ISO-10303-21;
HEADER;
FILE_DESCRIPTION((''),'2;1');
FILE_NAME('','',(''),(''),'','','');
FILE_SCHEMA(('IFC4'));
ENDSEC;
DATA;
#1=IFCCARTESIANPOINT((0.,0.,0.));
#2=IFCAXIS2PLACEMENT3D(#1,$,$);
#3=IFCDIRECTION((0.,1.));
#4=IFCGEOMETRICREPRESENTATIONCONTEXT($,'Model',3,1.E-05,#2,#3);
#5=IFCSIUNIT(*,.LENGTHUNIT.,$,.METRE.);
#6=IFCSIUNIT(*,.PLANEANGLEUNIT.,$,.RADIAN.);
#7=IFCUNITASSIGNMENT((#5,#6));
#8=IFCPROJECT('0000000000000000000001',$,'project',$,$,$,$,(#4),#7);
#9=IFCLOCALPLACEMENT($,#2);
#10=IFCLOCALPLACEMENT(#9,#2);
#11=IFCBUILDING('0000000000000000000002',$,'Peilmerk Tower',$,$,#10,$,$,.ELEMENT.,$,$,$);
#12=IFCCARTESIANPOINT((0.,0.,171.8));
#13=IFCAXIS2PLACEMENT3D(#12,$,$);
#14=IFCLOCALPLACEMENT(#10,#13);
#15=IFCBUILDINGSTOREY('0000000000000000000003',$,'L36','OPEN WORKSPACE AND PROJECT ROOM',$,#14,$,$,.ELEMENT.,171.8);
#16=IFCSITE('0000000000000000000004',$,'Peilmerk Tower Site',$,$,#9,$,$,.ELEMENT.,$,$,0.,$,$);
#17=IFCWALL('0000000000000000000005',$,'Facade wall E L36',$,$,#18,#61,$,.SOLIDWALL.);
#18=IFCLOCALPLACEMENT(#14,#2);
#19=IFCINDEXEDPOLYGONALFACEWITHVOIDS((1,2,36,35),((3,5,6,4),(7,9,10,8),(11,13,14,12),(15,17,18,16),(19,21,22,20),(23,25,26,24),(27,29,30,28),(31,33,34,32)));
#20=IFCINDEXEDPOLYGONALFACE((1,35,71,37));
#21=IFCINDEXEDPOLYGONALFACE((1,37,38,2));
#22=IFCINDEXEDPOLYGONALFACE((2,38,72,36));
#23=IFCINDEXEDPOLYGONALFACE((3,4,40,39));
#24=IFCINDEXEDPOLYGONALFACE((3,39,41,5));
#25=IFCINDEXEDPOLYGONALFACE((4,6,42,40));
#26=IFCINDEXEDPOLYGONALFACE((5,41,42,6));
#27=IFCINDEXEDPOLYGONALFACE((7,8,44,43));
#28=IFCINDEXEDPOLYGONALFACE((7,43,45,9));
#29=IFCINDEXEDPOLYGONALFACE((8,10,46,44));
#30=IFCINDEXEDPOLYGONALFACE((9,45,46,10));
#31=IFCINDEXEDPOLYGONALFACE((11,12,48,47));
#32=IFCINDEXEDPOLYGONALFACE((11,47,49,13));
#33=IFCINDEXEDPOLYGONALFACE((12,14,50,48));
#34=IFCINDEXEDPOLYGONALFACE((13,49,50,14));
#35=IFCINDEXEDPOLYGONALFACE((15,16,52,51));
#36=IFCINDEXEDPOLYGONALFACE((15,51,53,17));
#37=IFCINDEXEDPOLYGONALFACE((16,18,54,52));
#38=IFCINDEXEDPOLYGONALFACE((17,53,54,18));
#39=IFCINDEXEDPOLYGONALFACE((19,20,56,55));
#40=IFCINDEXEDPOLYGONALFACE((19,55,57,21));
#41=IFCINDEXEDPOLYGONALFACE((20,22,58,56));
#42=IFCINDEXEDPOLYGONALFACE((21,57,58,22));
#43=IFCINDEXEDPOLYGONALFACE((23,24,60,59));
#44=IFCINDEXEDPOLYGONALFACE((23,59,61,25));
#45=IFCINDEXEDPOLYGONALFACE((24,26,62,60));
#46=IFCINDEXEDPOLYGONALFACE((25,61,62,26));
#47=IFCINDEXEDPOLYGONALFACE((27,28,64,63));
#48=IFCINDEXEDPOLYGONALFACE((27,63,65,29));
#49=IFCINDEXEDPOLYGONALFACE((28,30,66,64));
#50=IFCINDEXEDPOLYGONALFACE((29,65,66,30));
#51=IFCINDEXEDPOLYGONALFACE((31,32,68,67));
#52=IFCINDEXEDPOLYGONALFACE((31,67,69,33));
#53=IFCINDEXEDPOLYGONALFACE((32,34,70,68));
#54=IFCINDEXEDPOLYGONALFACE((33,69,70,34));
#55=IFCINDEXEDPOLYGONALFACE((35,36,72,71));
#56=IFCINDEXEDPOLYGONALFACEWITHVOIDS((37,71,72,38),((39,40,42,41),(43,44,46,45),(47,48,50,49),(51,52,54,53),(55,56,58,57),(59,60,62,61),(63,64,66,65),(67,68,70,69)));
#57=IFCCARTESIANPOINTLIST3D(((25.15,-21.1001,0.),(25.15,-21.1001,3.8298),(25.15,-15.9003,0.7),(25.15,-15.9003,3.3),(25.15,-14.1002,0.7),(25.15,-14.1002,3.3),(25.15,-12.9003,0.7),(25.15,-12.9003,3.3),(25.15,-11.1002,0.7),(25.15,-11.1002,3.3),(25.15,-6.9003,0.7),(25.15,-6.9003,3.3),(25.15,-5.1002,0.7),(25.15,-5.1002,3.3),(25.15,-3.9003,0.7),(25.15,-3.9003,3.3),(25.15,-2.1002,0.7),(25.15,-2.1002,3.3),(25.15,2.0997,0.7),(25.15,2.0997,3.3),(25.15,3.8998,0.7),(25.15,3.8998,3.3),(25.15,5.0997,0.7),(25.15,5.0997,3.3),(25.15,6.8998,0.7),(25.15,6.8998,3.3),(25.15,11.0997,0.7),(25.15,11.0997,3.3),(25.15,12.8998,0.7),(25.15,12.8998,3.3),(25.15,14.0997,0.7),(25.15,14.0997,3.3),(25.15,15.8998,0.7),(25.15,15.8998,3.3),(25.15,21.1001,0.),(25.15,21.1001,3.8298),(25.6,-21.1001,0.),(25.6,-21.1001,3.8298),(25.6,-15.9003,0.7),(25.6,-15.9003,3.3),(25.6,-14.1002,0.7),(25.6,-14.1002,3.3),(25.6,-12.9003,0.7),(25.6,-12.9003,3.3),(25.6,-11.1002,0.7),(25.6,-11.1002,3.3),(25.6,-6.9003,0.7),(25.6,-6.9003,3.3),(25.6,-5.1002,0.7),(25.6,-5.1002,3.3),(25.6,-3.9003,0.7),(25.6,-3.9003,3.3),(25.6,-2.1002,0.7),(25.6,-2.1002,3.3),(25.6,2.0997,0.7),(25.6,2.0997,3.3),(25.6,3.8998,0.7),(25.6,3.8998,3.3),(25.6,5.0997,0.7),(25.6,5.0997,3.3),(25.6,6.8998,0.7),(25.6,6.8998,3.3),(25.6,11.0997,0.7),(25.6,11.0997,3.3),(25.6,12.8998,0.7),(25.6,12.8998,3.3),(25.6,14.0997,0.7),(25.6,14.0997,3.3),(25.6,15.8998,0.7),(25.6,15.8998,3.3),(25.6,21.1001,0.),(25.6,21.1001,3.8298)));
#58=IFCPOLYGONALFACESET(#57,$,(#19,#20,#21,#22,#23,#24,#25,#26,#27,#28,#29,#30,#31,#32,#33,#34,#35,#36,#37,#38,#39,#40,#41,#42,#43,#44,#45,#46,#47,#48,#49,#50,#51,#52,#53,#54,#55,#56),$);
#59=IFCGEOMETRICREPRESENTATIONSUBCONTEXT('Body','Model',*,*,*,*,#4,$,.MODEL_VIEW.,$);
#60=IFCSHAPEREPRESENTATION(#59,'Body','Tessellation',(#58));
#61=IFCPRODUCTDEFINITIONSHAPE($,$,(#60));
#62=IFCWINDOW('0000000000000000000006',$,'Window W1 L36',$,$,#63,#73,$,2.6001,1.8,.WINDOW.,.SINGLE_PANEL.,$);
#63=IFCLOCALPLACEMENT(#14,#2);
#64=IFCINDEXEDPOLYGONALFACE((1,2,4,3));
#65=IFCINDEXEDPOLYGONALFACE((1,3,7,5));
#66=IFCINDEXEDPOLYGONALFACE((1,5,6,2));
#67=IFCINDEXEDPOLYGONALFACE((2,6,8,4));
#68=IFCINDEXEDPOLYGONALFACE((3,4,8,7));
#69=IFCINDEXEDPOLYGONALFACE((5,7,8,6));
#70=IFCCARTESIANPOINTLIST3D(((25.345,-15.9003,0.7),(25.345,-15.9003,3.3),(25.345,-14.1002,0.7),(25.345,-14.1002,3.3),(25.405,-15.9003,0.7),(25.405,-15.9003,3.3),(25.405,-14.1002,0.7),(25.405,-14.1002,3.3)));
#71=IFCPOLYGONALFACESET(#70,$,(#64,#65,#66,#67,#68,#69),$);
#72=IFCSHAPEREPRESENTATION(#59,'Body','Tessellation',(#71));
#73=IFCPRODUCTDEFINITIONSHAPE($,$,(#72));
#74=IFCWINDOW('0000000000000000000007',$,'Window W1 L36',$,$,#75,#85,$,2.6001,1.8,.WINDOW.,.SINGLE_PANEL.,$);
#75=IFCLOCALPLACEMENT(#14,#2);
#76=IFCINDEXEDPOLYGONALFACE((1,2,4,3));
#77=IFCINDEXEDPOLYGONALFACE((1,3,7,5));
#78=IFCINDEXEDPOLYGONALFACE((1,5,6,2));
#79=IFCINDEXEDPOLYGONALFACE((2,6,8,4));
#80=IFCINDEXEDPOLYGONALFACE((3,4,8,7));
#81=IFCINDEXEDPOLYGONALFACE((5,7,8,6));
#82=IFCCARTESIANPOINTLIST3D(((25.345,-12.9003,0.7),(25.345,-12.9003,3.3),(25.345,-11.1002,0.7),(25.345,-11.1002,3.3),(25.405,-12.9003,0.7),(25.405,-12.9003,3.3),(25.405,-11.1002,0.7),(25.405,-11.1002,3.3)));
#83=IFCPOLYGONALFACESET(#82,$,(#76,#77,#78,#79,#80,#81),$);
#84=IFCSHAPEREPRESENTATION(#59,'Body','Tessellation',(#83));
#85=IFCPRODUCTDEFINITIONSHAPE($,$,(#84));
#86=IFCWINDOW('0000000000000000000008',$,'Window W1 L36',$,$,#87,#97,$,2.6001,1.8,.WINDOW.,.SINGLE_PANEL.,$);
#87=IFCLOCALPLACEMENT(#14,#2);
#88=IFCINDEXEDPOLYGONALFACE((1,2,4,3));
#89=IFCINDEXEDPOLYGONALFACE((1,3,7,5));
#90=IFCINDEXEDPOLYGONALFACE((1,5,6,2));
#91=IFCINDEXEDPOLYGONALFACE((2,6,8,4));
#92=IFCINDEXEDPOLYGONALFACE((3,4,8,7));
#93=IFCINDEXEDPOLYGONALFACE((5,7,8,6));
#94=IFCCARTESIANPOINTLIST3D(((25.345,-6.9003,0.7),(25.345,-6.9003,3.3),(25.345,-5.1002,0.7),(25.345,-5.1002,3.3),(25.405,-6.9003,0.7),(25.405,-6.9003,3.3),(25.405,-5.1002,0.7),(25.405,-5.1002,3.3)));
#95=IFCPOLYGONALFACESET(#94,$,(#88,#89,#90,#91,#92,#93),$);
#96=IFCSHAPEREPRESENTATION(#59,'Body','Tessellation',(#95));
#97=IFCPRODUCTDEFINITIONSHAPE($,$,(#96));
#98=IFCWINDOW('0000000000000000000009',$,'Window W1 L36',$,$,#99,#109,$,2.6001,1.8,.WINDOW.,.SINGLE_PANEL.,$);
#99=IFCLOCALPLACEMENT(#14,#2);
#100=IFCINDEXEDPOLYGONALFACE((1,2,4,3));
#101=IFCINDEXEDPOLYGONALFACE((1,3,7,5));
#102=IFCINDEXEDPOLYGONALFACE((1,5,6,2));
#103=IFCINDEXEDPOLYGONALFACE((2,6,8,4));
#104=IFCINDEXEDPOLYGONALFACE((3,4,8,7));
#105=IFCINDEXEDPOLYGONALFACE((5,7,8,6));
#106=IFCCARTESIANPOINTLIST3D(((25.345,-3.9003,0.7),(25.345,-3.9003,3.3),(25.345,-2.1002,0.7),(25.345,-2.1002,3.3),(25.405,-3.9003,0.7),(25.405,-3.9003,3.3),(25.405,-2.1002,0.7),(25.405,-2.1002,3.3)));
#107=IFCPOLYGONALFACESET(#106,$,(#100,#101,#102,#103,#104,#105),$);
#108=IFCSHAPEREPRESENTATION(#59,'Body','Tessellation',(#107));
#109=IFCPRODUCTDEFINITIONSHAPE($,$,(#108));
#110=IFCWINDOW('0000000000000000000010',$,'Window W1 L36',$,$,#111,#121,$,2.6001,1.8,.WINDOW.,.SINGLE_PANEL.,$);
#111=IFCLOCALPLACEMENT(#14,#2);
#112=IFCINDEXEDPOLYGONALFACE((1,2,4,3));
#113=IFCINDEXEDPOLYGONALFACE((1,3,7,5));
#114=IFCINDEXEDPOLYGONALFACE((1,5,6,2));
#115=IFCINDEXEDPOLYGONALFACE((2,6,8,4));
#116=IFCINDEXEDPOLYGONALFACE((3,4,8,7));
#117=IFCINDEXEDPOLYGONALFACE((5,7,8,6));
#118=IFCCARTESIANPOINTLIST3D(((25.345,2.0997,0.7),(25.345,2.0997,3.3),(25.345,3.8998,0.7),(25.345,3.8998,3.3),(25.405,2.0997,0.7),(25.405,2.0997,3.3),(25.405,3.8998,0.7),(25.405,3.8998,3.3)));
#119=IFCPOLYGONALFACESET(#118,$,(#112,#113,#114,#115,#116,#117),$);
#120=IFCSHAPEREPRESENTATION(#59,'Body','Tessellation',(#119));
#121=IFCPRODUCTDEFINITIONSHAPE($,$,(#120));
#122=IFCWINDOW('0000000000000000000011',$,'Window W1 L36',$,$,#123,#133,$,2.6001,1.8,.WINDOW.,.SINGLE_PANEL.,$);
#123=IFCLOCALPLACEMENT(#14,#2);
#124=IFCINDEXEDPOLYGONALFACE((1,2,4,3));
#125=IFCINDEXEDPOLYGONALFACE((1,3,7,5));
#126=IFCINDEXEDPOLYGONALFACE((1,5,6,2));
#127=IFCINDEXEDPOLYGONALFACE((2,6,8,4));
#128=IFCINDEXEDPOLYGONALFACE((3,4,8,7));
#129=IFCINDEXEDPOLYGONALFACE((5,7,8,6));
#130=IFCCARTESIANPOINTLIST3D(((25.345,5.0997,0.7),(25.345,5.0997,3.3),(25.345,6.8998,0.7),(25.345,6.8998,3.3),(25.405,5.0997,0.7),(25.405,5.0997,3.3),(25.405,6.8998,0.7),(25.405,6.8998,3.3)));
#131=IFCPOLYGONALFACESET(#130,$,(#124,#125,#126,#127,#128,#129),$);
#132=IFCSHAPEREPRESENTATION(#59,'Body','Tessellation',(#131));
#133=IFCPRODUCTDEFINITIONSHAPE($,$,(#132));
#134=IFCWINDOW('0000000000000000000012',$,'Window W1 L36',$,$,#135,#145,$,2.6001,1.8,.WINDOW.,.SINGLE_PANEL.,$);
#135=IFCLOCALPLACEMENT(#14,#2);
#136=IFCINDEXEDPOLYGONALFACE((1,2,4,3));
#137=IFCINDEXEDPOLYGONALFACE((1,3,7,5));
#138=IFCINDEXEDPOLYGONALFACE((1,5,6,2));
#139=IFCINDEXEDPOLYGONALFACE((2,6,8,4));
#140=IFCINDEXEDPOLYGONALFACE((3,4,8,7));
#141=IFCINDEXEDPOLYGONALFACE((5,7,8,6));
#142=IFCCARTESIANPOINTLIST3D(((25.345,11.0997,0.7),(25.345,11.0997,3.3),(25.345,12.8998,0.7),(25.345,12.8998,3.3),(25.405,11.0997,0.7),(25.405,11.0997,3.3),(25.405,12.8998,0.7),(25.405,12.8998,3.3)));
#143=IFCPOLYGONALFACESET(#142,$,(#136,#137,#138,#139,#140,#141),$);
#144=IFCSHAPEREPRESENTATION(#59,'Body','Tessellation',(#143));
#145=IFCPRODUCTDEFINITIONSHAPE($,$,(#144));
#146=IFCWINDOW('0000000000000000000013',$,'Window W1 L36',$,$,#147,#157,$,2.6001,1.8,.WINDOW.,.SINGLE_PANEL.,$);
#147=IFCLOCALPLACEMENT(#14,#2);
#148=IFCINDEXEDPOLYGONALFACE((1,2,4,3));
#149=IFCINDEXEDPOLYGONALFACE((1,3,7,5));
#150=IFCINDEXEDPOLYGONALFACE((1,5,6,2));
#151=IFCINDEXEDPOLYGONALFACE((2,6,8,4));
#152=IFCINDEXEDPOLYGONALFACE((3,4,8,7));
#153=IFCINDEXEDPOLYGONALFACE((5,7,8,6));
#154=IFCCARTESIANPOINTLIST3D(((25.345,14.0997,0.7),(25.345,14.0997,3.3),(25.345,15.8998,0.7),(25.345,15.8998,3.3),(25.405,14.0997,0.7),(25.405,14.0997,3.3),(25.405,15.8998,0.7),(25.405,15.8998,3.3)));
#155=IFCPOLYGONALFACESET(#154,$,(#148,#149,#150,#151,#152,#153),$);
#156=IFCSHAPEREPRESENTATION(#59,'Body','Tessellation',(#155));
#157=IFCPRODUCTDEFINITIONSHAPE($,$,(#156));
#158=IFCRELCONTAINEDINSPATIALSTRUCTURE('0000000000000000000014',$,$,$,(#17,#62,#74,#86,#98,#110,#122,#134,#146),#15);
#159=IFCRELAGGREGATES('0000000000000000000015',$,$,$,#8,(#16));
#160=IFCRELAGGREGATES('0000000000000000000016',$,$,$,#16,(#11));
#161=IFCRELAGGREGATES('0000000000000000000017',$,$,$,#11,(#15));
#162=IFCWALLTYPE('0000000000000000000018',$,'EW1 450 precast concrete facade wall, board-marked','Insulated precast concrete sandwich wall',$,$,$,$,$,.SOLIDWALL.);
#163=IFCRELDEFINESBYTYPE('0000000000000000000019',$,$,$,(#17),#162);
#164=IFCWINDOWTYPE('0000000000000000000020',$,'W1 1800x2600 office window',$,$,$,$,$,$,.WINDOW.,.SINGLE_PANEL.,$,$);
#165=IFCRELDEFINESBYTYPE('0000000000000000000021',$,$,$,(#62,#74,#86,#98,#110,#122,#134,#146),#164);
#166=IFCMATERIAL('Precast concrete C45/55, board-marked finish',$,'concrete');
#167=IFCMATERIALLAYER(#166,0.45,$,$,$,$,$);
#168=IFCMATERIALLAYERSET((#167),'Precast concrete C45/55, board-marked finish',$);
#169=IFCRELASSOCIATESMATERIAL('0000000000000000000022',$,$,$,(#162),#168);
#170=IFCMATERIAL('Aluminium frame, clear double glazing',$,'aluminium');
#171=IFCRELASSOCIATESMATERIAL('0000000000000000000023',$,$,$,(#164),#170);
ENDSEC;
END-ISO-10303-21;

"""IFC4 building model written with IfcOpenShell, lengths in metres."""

from ifc_helpers import new_model, si_unit, direction, frame, frame_2d, origin, place, context, subcontext, project, spatial, rectangle, extrude, material, layer, layer_set, type_object, element, fill, save


model = new_model("IFC4")

# Units and contexts
model_context = context("Model", 3, precision=1e-05, world=origin(), true_north=direction((0.0, 1.0)))
body_context = subcontext(model_context, "Body", "Model", "MODEL_VIEW")
ifc_project = project(units=[si_unit("LENGTHUNIT", "METRE"), si_unit("PLANEANGLEUNIT", "RADIAN")], contexts=[model_context])

# Site, building, storey
site_placement = place(None, origin())
site = spatial("IfcSite", under=ifc_project, at=site_placement, Name="Peilmerk Tower Site", CompositionType="ELEMENT", RefElevation=0.0)
building_placement = place(site_placement, origin())
building = spatial("IfcBuilding", under=site, at=building_placement, Name="Peilmerk Tower", CompositionType="ELEMENT")
storey_placement = place(building_placement, frame((0.0, 0.0, 171.8)))
storey = spatial("IfcBuildingStorey", under=building, at=storey_placement, Name="L36", Description="OPEN WORKSPACE AND PROJECT ROOM", CompositionType="ELEMENT", Elevation=171.8)

# Wall, openings, windows
ifc_material_1 = material(Name="Precast concrete C45/55, board-marked finish", Category="concrete")
ifc_layer_1 = layer(ifc_material_1, 0.45)
ifc_layer_set_1 = layer_set([ifc_layer_1], Name="Precast concrete C45/55, board-marked finish")
wall_type = type_object("IfcWallType", Name="EW1 450 precast concrete facade wall, board-marked", Description="Insulated precast concrete sandwich wall", PredefinedType="SOLIDWALL", material=ifc_layer_set_1)
wall_1_placement = place(storey_placement, frame((25.375, -21.1001, 0.0), z_axis=(0.0, 0.0, 1.0), x_axis=(0.0, 1.0, 0.0)))
wall_1 = element("IfcWall", 1, at=wall_1_placement, inside=storey, type_object=wall_type, Name="Facade wall E L36", PredefinedType="SOLIDWALL", context=body_context, shape_type="SweptSolid", body=[
    extrude(rectangle(XDim=42.2002, YDim=0.45, at=frame_2d((21.1001, 0.0))), origin(), (0.0, 0.0, 1.0), 3.8298),
])
opening_1_placement = place(wall_1_placement, frame((5.2, 0.0, 0.7)))
opening_1 = element("IfcOpeningElement", 2, at=opening_1_placement, cuts=wall_1, PredefinedType="OPENING", context=body_context, shape_type="SweptSolid", body=[
    extrude(rectangle(XDim=1.8, YDim=2.6001, at=frame_2d((0.8999, 1.3))), frame((0.0, 0.2349, 0.0), z_axis=(0.0, -1.0, 0.0), x_axis=(1.0, 0.0, 0.0)), (0.0, 0.0, 1.0), 0.47),
])
opening_2_placement = place(wall_1_placement, frame((8.2, 0.0, 0.7)))
opening_2 = element("IfcOpeningElement", 3, at=opening_2_placement, cuts=wall_1, PredefinedType="OPENING", context=body_context, shape_type="SweptSolid", body=[
    extrude(rectangle(XDim=1.8, YDim=2.6001, at=frame_2d((0.8999, 1.3))), frame((0.0, 0.2349, 0.0), z_axis=(0.0, -1.0, 0.0), x_axis=(1.0, 0.0, 0.0)), (0.0, 0.0, 1.0), 0.47),
])
opening_3_placement = place(wall_1_placement, frame((14.2, 0.0, 0.7)))
opening_3 = element("IfcOpeningElement", 4, at=opening_3_placement, cuts=wall_1, PredefinedType="OPENING", context=body_context, shape_type="SweptSolid", body=[
    extrude(rectangle(XDim=1.8, YDim=2.6001, at=frame_2d((0.8999, 1.3))), frame((0.0, 0.2349, 0.0), z_axis=(0.0, -1.0, 0.0), x_axis=(1.0, 0.0, 0.0)), (0.0, 0.0, 1.0), 0.47),
])
opening_4_placement = place(wall_1_placement, frame((17.2, 0.0, 0.7)))
opening_4 = element("IfcOpeningElement", 5, at=opening_4_placement, cuts=wall_1, PredefinedType="OPENING", context=body_context, shape_type="SweptSolid", body=[
    extrude(rectangle(XDim=1.8, YDim=2.6001, at=frame_2d((0.8999, 1.3))), frame((0.0, 0.2349, 0.0), z_axis=(0.0, -1.0, 0.0), x_axis=(1.0, 0.0, 0.0)), (0.0, 0.0, 1.0), 0.47),
])
opening_5_placement = place(wall_1_placement, frame((23.2, 0.0, 0.7)))
opening_5 = element("IfcOpeningElement", 6, at=opening_5_placement, cuts=wall_1, PredefinedType="OPENING", context=body_context, shape_type="SweptSolid", body=[
    extrude(rectangle(XDim=1.8, YDim=2.6001, at=frame_2d((0.8999, 1.3))), frame((0.0, 0.2349, 0.0), z_axis=(0.0, -1.0, 0.0), x_axis=(1.0, 0.0, 0.0)), (0.0, 0.0, 1.0), 0.47),
])
opening_6_placement = place(wall_1_placement, frame((26.2, 0.0, 0.7)))
opening_6 = element("IfcOpeningElement", 7, at=opening_6_placement, cuts=wall_1, PredefinedType="OPENING", context=body_context, shape_type="SweptSolid", body=[
    extrude(rectangle(XDim=1.8, YDim=2.6001, at=frame_2d((0.8999, 1.3))), frame((0.0, 0.2349, 0.0), z_axis=(0.0, -1.0, 0.0), x_axis=(1.0, 0.0, 0.0)), (0.0, 0.0, 1.0), 0.47),
])
opening_7_placement = place(wall_1_placement, frame((32.2, 0.0, 0.7)))
opening_7 = element("IfcOpeningElement", 8, at=opening_7_placement, cuts=wall_1, PredefinedType="OPENING", context=body_context, shape_type="SweptSolid", body=[
    extrude(rectangle(XDim=1.8, YDim=2.6001, at=frame_2d((0.8999, 1.3))), frame((0.0, 0.2349, 0.0), z_axis=(0.0, -1.0, 0.0), x_axis=(1.0, 0.0, 0.0)), (0.0, 0.0, 1.0), 0.47),
])
opening_8_placement = place(wall_1_placement, frame((35.2, 0.0, 0.7)))
opening_8 = element("IfcOpeningElement", 9, at=opening_8_placement, cuts=wall_1, PredefinedType="OPENING", context=body_context, shape_type="SweptSolid", body=[
    extrude(rectangle(XDim=1.8, YDim=2.6001, at=frame_2d((0.8999, 1.3))), frame((0.0, 0.2349, 0.0), z_axis=(0.0, -1.0, 0.0), x_axis=(1.0, 0.0, 0.0)), (0.0, 0.0, 1.0), 0.47),
])
ifc_material_2 = material(Name="Aluminium frame, clear double glazing", Category="aluminium")
window_type = type_object("IfcWindowType", Name="W1 1800x2600 office window", PartitioningType="SINGLE_PANEL", PredefinedType="WINDOW", material=ifc_material_2)
window_1_placement = place(opening_1_placement, origin())
window_1 = element("IfcWindow", 10, at=window_1_placement, inside=storey, type_object=window_type, Name="Window W1 L36", OverallHeight=2.6001, OverallWidth=1.8, PartitioningType="SINGLE_PANEL", PredefinedType="WINDOW", context=body_context, shape_type="SweptSolid", body=[
    extrude(rectangle(XDim=1.8, YDim=2.6001, at=frame_2d((0.8999, 1.3))), frame((0.0, 0.03, 0.0), z_axis=(0.0, -1.0, 0.0), x_axis=(1.0, 0.0, 0.0)), (0.0, 0.0, 1.0), 0.0601),
])
fill(opening_1, window_1)
window_2_placement = place(opening_2_placement, origin())
window_2 = element("IfcWindow", 11, at=window_2_placement, inside=storey, type_object=window_type, Name="Window W1 L36", OverallHeight=2.6001, OverallWidth=1.8, PartitioningType="SINGLE_PANEL", PredefinedType="WINDOW", context=body_context, shape_type="SweptSolid", body=[
    extrude(rectangle(XDim=1.8, YDim=2.6001, at=frame_2d((0.8999, 1.3))), frame((0.0, 0.03, 0.0), z_axis=(0.0, -1.0, 0.0), x_axis=(1.0, 0.0, 0.0)), (0.0, 0.0, 1.0), 0.0601),
])
fill(opening_2, window_2)
window_3_placement = place(opening_3_placement, origin())
window_3 = element("IfcWindow", 12, at=window_3_placement, inside=storey, type_object=window_type, Name="Window W1 L36", OverallHeight=2.6001, OverallWidth=1.8, PartitioningType="SINGLE_PANEL", PredefinedType="WINDOW", context=body_context, shape_type="SweptSolid", body=[
    extrude(rectangle(XDim=1.8, YDim=2.6001, at=frame_2d((0.8999, 1.3))), frame((0.0, 0.03, 0.0), z_axis=(0.0, -1.0, 0.0), x_axis=(1.0, 0.0, 0.0)), (0.0, 0.0, 1.0), 0.0601),
])
fill(opening_3, window_3)
window_4_placement = place(opening_4_placement, origin())
window_4 = element("IfcWindow", 13, at=window_4_placement, inside=storey, type_object=window_type, Name="Window W1 L36", OverallHeight=2.6001, OverallWidth=1.8, PartitioningType="SINGLE_PANEL", PredefinedType="WINDOW", context=body_context, shape_type="SweptSolid", body=[
    extrude(rectangle(XDim=1.8, YDim=2.6001, at=frame_2d((0.8999, 1.3))), frame((0.0, 0.03, 0.0), z_axis=(0.0, -1.0, 0.0), x_axis=(1.0, 0.0, 0.0)), (0.0, 0.0, 1.0), 0.0601),
])
fill(opening_4, window_4)
window_5_placement = place(opening_5_placement, origin())
window_5 = element("IfcWindow", 14, at=window_5_placement, inside=storey, type_object=window_type, Name="Window W1 L36", OverallHeight=2.6001, OverallWidth=1.8, PartitioningType="SINGLE_PANEL", PredefinedType="WINDOW", context=body_context, shape_type="SweptSolid", body=[
    extrude(rectangle(XDim=1.8, YDim=2.6001, at=frame_2d((0.8999, 1.3))), frame((0.0, 0.03, 0.0), z_axis=(0.0, -1.0, 0.0), x_axis=(1.0, 0.0, 0.0)), (0.0, 0.0, 1.0), 0.0601),
])
fill(opening_5, window_5)
window_6_placement = place(opening_6_placement, origin())
window_6 = element("IfcWindow", 15, at=window_6_placement, inside=storey, type_object=window_type, Name="Window W1 L36", OverallHeight=2.6001, OverallWidth=1.8, PartitioningType="SINGLE_PANEL", PredefinedType="WINDOW", context=body_context, shape_type="SweptSolid", body=[
    extrude(rectangle(XDim=1.8, YDim=2.6001, at=frame_2d((0.8999, 1.3))), frame((0.0, 0.03, 0.0), z_axis=(0.0, -1.0, 0.0), x_axis=(1.0, 0.0, 0.0)), (0.0, 0.0, 1.0), 0.0601),
])
fill(opening_6, window_6)
window_7_placement = place(opening_7_placement, origin())
window_7 = element("IfcWindow", 16, at=window_7_placement, inside=storey, type_object=window_type, Name="Window W1 L36", OverallHeight=2.6001, OverallWidth=1.8, PartitioningType="SINGLE_PANEL", PredefinedType="WINDOW", context=body_context, shape_type="SweptSolid", body=[
    extrude(rectangle(XDim=1.8, YDim=2.6001, at=frame_2d((0.8999, 1.3))), frame((0.0, 0.03, 0.0), z_axis=(0.0, -1.0, 0.0), x_axis=(1.0, 0.0, 0.0)), (0.0, 0.0, 1.0), 0.0601),
])
fill(opening_7, window_7)
window_8_placement = place(opening_8_placement, origin())
window_8 = element("IfcWindow", 17, at=window_8_placement, inside=storey, type_object=window_type, Name="Window W1 L36", OverallHeight=2.6001, OverallWidth=1.8, PartitioningType="SINGLE_PANEL", PredefinedType="WINDOW", context=body_context, shape_type="SweptSolid", body=[
    extrude(rectangle(XDim=1.8, YDim=2.6001, at=frame_2d((0.8999, 1.3))), frame((0.0, 0.03, 0.0), z_axis=(0.0, -1.0, 0.0), x_axis=(1.0, 0.0, 0.0)), (0.0, 0.0, 1.0), 0.0601),
])
fill(opening_8, window_8)

save(model, "model.ifc")
